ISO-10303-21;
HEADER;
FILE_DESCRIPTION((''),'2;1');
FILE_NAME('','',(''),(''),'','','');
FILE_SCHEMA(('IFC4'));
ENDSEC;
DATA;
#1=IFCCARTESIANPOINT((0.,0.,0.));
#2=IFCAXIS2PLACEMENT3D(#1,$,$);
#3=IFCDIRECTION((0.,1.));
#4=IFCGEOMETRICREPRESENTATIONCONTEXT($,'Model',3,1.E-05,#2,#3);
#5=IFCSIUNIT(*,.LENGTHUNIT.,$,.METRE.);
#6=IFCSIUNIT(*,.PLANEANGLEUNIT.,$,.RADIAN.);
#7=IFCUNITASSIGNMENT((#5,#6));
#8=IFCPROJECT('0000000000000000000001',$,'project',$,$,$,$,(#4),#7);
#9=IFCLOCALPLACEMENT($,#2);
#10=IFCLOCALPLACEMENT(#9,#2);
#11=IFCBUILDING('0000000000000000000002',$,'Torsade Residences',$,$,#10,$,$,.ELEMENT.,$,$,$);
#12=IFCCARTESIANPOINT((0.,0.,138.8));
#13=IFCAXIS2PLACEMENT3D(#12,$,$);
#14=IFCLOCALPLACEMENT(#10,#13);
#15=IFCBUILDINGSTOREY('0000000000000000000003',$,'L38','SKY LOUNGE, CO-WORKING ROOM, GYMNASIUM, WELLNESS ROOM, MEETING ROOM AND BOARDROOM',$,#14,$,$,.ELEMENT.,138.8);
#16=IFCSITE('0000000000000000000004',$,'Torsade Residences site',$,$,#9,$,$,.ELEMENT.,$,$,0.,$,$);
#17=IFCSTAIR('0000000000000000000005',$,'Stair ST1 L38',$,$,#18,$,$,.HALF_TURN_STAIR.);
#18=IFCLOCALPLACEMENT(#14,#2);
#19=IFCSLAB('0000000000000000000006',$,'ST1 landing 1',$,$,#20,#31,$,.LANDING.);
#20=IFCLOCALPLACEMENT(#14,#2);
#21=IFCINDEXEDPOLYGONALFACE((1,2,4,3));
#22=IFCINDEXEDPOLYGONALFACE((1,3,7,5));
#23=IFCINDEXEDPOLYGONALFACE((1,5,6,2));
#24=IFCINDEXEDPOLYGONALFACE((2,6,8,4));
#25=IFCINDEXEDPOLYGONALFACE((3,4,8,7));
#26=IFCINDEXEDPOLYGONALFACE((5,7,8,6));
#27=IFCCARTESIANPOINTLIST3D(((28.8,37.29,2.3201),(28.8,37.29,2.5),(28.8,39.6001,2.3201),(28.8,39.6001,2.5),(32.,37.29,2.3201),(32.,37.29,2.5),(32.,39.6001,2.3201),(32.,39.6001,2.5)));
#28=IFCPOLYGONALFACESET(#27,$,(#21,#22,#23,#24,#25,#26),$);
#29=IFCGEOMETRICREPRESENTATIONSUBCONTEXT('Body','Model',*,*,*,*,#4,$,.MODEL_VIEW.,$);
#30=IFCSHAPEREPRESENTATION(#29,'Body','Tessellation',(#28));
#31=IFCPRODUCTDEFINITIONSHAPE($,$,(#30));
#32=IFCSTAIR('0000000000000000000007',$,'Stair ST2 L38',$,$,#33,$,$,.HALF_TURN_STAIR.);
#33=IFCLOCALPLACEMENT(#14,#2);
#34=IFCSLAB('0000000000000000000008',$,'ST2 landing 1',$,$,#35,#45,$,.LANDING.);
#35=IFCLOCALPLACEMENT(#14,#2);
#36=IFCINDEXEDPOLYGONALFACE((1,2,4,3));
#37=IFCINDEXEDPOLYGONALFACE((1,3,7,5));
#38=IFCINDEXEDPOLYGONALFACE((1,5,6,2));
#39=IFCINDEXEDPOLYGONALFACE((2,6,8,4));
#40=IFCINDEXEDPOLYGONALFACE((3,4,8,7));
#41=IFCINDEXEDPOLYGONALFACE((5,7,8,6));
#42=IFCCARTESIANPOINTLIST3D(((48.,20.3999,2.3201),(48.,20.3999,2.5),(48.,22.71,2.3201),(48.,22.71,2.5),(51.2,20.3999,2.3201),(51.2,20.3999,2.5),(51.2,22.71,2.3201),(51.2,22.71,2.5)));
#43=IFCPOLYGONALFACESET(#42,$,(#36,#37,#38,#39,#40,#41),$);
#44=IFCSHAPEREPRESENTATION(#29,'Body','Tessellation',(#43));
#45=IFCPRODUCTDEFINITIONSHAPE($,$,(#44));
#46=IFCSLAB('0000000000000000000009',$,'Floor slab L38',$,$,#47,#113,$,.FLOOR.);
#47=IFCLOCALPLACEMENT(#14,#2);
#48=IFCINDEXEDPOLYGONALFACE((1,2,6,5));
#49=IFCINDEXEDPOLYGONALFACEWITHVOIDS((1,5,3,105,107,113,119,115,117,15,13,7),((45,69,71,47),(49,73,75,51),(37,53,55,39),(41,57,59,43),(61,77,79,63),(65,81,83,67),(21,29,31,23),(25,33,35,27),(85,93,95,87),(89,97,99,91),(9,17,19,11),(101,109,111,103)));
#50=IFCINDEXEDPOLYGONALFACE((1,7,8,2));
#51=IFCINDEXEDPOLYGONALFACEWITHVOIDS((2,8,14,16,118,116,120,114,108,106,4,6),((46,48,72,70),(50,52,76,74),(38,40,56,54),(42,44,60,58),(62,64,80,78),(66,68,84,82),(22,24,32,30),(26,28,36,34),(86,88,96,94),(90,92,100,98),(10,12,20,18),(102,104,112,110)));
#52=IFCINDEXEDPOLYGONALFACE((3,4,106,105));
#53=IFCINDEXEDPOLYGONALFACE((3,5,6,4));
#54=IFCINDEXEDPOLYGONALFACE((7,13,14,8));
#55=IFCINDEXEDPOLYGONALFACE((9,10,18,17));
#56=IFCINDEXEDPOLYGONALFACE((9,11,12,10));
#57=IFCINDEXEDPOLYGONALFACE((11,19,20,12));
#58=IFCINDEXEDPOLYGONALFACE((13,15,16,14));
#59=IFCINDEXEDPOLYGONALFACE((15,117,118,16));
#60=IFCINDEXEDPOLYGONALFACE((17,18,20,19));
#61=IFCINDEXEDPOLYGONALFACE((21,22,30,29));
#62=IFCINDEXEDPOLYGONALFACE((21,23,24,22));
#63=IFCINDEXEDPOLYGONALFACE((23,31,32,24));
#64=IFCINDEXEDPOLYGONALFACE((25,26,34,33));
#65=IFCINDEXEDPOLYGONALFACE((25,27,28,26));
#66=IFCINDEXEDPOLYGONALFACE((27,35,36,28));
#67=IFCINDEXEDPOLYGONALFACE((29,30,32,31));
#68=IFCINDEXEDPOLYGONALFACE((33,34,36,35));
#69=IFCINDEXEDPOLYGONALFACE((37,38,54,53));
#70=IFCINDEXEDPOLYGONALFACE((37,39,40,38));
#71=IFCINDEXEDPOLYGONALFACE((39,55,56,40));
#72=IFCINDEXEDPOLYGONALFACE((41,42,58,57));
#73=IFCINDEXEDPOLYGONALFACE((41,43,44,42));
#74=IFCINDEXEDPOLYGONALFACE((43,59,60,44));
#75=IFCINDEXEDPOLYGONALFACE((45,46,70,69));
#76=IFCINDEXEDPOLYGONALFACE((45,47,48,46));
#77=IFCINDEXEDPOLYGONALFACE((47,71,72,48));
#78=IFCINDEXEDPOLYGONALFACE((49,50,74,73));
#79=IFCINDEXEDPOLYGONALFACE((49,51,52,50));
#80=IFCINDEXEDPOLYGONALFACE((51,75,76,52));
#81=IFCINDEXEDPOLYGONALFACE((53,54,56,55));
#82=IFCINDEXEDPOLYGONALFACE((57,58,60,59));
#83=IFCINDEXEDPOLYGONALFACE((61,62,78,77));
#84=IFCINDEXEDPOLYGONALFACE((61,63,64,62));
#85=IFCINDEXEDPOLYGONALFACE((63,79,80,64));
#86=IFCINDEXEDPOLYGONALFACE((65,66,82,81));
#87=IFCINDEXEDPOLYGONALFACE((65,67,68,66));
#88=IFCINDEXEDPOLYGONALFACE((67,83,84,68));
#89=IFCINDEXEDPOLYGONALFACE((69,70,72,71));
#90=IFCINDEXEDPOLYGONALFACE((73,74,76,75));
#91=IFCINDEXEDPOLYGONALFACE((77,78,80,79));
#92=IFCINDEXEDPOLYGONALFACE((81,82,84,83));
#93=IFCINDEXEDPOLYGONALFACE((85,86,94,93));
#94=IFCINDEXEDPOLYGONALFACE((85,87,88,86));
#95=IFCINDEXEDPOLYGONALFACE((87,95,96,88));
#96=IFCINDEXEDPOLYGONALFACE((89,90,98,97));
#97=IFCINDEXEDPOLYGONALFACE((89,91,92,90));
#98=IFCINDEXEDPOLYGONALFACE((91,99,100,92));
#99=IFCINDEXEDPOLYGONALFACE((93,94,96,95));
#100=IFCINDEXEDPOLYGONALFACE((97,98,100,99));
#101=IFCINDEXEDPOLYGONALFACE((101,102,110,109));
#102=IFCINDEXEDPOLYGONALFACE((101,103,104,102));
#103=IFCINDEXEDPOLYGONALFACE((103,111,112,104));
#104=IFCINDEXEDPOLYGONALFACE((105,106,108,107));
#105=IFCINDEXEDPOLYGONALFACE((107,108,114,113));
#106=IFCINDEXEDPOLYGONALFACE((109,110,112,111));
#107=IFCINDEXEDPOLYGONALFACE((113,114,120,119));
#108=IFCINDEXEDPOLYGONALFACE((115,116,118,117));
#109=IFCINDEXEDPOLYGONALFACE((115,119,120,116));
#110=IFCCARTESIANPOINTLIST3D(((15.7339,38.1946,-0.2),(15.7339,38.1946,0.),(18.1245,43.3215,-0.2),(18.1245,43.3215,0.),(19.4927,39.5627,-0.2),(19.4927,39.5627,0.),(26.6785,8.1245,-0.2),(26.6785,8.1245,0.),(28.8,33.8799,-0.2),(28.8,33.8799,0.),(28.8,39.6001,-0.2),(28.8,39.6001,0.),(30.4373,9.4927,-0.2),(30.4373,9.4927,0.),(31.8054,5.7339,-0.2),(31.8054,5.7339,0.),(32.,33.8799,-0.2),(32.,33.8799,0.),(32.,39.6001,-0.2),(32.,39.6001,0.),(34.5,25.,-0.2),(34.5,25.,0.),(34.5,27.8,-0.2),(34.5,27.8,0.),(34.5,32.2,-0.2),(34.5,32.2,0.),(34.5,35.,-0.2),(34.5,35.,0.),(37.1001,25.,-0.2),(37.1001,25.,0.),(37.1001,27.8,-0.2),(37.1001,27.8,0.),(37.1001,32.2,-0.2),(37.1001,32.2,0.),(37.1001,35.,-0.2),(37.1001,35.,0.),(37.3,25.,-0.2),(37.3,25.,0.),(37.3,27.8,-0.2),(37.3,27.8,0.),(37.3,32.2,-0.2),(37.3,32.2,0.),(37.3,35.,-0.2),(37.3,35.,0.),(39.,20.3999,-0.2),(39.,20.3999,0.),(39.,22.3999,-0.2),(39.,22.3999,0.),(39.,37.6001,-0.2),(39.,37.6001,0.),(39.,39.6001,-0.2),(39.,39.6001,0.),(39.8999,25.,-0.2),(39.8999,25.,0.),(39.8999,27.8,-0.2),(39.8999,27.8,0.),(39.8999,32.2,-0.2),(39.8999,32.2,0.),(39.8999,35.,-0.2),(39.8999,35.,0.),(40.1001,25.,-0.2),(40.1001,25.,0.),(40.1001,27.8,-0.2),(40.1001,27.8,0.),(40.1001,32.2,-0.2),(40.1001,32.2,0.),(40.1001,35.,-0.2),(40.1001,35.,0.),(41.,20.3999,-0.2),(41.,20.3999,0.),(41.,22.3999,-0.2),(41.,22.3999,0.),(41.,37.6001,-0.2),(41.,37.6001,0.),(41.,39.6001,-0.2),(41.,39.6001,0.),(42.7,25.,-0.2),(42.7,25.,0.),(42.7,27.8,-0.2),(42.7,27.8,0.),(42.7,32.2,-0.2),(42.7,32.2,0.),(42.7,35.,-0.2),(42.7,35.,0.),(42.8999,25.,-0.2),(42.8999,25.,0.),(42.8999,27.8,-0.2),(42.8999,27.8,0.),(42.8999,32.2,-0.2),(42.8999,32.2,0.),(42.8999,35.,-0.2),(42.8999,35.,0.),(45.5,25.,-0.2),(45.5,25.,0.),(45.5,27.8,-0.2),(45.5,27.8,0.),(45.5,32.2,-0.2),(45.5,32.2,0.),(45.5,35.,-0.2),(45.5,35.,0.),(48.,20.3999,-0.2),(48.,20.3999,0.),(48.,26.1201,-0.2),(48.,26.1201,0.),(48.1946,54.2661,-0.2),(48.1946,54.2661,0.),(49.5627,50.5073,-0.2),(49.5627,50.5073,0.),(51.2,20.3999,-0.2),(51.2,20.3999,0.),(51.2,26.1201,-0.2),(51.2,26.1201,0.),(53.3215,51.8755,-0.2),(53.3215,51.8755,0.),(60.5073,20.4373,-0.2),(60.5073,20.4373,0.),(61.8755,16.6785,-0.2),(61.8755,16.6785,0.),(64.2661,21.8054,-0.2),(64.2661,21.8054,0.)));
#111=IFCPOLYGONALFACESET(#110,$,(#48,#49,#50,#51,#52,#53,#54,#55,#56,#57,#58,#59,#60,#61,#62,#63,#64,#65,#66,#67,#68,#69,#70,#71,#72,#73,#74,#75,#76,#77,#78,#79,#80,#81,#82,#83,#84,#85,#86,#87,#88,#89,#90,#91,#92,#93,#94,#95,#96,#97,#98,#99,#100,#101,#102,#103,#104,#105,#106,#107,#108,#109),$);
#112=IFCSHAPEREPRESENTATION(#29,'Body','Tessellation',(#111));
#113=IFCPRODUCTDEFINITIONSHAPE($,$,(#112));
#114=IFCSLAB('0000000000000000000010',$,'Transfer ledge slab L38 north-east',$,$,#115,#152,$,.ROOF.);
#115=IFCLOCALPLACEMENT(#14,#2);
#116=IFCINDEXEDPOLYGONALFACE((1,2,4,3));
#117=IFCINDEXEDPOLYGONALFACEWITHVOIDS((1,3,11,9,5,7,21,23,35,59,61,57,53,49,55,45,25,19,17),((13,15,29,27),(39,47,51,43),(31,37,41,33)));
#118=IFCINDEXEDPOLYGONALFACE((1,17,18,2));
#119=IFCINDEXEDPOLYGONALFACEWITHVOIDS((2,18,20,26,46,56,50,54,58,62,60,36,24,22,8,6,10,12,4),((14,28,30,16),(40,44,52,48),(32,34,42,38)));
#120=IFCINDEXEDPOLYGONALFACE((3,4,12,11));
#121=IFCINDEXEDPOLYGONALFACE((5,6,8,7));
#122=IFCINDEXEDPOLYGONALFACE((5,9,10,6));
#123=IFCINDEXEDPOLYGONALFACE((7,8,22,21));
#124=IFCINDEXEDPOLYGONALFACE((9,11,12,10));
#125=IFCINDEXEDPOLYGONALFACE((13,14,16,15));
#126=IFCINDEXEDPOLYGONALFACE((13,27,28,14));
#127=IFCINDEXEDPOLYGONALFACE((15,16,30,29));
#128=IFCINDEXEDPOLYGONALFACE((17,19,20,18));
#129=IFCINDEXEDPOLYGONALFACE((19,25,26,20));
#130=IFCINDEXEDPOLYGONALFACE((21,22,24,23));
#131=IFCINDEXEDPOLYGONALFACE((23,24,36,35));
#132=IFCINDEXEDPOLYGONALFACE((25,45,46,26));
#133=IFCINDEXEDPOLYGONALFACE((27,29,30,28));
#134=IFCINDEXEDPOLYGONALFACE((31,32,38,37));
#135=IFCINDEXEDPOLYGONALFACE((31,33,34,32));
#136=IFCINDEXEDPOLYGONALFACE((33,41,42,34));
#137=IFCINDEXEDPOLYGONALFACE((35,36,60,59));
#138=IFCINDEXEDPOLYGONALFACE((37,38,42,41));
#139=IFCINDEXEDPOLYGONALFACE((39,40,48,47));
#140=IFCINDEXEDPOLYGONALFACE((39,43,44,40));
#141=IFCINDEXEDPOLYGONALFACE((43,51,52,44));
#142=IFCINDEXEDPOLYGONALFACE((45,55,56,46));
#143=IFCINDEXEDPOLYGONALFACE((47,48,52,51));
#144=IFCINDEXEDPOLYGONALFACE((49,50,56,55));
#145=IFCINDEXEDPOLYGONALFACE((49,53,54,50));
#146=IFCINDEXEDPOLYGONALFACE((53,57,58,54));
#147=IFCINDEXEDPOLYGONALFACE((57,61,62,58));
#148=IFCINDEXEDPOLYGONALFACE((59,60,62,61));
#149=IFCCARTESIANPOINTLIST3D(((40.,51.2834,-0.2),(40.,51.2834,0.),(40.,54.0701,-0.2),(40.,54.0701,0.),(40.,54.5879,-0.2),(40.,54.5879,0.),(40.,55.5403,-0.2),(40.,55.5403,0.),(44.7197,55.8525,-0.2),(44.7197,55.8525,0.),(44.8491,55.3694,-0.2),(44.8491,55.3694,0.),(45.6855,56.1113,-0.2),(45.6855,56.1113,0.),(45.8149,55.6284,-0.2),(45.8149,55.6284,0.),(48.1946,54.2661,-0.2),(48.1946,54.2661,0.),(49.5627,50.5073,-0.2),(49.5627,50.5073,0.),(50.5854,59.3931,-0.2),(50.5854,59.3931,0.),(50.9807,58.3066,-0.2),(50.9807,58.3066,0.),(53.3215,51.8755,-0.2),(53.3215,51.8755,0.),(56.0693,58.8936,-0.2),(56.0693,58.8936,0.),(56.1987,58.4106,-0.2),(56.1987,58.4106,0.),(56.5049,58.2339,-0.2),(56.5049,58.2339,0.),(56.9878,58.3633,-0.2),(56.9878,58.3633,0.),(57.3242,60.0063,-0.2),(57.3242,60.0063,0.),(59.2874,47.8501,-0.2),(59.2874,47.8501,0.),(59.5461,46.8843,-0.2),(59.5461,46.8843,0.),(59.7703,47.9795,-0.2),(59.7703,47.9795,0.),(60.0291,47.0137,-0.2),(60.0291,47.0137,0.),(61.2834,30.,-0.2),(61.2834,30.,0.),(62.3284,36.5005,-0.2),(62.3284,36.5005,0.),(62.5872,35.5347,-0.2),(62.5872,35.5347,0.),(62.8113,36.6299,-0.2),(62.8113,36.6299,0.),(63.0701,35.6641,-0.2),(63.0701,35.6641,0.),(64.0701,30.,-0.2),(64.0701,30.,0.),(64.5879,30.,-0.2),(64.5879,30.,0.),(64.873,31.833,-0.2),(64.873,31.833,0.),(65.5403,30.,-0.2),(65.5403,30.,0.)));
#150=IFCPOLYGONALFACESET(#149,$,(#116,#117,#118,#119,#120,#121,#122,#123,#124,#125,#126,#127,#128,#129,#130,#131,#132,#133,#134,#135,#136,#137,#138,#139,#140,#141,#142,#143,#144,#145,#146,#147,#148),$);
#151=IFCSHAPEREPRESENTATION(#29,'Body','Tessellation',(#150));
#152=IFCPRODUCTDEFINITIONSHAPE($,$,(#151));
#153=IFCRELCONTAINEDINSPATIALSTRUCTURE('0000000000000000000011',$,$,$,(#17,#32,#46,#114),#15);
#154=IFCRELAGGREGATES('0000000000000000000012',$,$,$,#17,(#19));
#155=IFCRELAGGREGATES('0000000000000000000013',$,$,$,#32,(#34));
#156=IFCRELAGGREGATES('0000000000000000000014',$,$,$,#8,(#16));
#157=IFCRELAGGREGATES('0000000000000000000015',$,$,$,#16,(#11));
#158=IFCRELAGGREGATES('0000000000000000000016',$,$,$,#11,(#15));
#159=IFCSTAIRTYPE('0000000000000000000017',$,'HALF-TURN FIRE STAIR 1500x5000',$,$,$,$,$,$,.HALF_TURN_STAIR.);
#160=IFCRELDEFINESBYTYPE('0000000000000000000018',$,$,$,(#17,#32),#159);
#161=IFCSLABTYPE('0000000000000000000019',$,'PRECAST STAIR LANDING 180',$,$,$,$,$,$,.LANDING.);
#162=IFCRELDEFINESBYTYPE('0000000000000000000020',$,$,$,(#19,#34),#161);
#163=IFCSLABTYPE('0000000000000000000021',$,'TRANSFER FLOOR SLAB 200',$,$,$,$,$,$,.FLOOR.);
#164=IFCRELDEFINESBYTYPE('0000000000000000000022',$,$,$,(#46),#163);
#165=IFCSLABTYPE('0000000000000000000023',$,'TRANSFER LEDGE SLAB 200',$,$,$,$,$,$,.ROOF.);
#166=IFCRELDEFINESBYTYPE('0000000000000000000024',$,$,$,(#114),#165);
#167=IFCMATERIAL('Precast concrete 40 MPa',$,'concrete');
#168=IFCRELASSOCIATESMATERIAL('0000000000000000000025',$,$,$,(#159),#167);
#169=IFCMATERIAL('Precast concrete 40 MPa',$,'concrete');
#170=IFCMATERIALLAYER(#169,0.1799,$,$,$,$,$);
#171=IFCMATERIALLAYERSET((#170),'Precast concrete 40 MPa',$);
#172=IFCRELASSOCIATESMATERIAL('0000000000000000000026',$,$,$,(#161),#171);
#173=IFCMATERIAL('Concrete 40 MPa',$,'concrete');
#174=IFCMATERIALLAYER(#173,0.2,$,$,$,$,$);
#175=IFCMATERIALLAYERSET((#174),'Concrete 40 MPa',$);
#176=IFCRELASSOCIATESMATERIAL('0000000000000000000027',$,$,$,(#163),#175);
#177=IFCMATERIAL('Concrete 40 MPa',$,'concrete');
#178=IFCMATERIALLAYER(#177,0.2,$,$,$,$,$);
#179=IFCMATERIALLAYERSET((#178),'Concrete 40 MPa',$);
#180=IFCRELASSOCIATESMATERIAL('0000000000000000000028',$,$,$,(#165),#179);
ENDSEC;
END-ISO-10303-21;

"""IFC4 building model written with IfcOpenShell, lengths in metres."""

from ifc_helpers import new_model, si_unit, direction, frame, origin, place, context, subcontext, project, spatial, polyline, outline, extrude, material, layer, layer_set, type_object, element, aggregate, save


model = new_model("IFC4")

# Units and contexts
model_context = context("Model", 3, precision=1e-05, world=origin(), true_north=direction((0.0, 1.0)))
body_context = subcontext(model_context, "Body", "Model", "MODEL_VIEW")
ifc_project = project(units=[si_unit("LENGTHUNIT", "METRE"), si_unit("PLANEANGLEUNIT", "RADIAN")], contexts=[model_context])

# Site, building, storey
site_placement = place(None, origin())
site = spatial("IfcSite", under=ifc_project, at=site_placement, Name="Torsade Residences site", CompositionType="ELEMENT", RefElevation=0.0)
building_placement = place(site_placement, origin())
building = spatial("IfcBuilding", under=site, at=building_placement, Name="Torsade Residences", CompositionType="ELEMENT")
storey_placement = place(building_placement, frame((0.0, 0.0, 138.8)))
storey = spatial("IfcBuildingStorey", under=building, at=storey_placement, Name="L38", Description="SKY LOUNGE, CO-WORKING ROOM, GYMNASIUM, WELLNESS ROOM, MEETING ROOM AND BOARDROOM", CompositionType="ELEMENT", Elevation=138.8)

# Stairs, slabs
ifc_material_1 = material(Name="Precast concrete 40 MPa", Category="concrete")
stair_type = type_object("IfcStairType", Name="HALF-TURN FIRE STAIR 1500x5000", PredefinedType="HALF_TURN_STAIR", material=ifc_material_1)
stair_1_placement = place(storey_placement, origin())
stair_1 = element("IfcStair", 1, at=stair_1_placement, inside=storey, type_object=stair_type, Name="Stair ST1 L38", PredefinedType="HALF_TURN_STAIR")
ifc_material_2 = material(Name="Precast concrete 40 MPa", Category="concrete")
ifc_layer_1 = layer(ifc_material_2, 0.1799)
ifc_layer_set_1 = layer_set([ifc_layer_1], Name="Precast concrete 40 MPa")
slab_type_1 = type_object("IfcSlabType", Name="PRECAST STAIR LANDING 180", PredefinedType="LANDING", material=ifc_layer_set_1)
slab_1_placement = place(storey_placement, frame((0.0, 0.0, 2.3201)))
slab_1 = element("IfcSlab", 2, at=slab_1_placement, type_object=slab_type_1, Name="ST1 landing 1", PredefinedType="LANDING", context=body_context, shape_type="SweptSolid", body=[
    extrude(outline(polyline([(28.8, 37.29), (32.0, 37.29), (32.0, 39.6001), (28.8, 39.6001), (28.8, 37.29)])), origin(), (0.0, 0.0, 1.0), 0.1799),
])
aggregate(stair_1, [slab_1])
stair_2_placement = place(storey_placement, origin())
stair_2 = element("IfcStair", 3, at=stair_2_placement, inside=storey, type_object=stair_type, Name="Stair ST2 L38", PredefinedType="HALF_TURN_STAIR")
slab_2_placement = place(storey_placement, frame((0.0, 0.0, 2.3201)))
slab_2 = element("IfcSlab", 4, at=slab_2_placement, type_object=slab_type_1, Name="ST2 landing 1", PredefinedType="LANDING", context=body_context, shape_type="SweptSolid", body=[
    extrude(outline(polyline([(48.0, 20.3999), (51.2, 20.3999), (51.2, 22.71), (48.0, 22.71), (48.0, 20.3999)])), origin(), (0.0, 0.0, 1.0), 0.1799),
])
aggregate(stair_2, [slab_2])

# Slabs
ifc_material_3 = material(Name="Concrete 40 MPa", Category="concrete")
ifc_layer_2 = layer(ifc_material_3, 0.2)
ifc_layer_set_2 = layer_set([ifc_layer_2], Name="Concrete 40 MPa")
slab_type_2 = type_object("IfcSlabType", Name="TRANSFER FLOOR SLAB 200", PredefinedType="FLOOR", material=ifc_layer_set_2)
slab_3_placement = place(storey_placement, frame((0.0, 0.0, -0.2)))
element("IfcSlab", 5, at=slab_3_placement, inside=storey, type_object=slab_type_2, Name="Floor slab L38", PredefinedType="FLOOR", context=body_context, shape_type="SweptSolid", body=[
    extrude(outline(polyline([(31.8054, 5.7339), (61.8755, 16.6785), (60.5073, 20.4373), (64.2661, 21.8054), (53.3215, 51.8755), (49.5627, 50.5073), (48.1946, 54.2661), (18.1245, 43.3215), (19.4927, 39.5627), (15.7339, 38.1946), (26.6785, 8.1245), (30.4373, 9.4927), (31.8054, 5.7339)]), holes=[polyline([(51.2, 20.3999), (51.2, 26.1201), (48.0, 26.1201), (48.0, 20.3999), (51.2, 20.3999)]), polyline([(45.5, 27.8), (42.8999, 27.8), (42.8999, 25.0), (45.5, 25.0), (45.5, 27.8)]), polyline([(45.5, 32.2), (45.5, 35.0), (42.8999, 35.0), (42.8999, 32.2), (45.5, 32.2)]), polyline([(42.7, 25.0), (42.7, 27.8), (40.1001, 27.8), (40.1001, 25.0), (42.7, 25.0)]), polyline([(42.7, 32.2), (42.7, 35.0), (40.1001, 35.0), (40.1001, 32.2), (42.7, 32.2)]), polyline([(41.0, 22.3999), (39.0, 22.3999), (39.0, 20.3999), (41.0, 20.3999), (41.0, 22.3999)]), polyline([(41.0, 37.6001), (41.0, 39.6001), (39.0, 39.6001), (39.0, 37.6001), (41.0, 37.6001)]), polyline([(39.8999, 25.0), (39.8999, 27.8), (37.3, 27.8), (37.3, 25.0), (39.8999, 25.0)]), polyline([(39.8999, 35.0), (37.3, 35.0), (37.3, 32.2), (39.8999, 32.2), (39.8999, 35.0)]), polyline([(37.1001, 27.8), (34.5, 27.8), (34.5, 25.0), (37.1001, 25.0), (37.1001, 27.8)]), polyline([(37.1001, 32.2), (37.1001, 35.0), (34.5, 35.0), (34.5, 32.2), (37.1001, 32.2)]), polyline([(32.0, 33.8799), (32.0, 39.6001), (28.8, 39.6001), (28.8, 33.8799), (32.0, 33.8799)])]), origin(), (0.0, 0.0, 1.0), 0.2),
])
ifc_material_4 = material(Name="Concrete 40 MPa", Category="concrete")
ifc_layer_3 = layer(ifc_material_4, 0.2)
ifc_layer_set_3 = layer_set([ifc_layer_3], Name="Concrete 40 MPa")
slab_type_3 = type_object("IfcSlabType", Name="TRANSFER LEDGE SLAB 200", PredefinedType="ROOF", material=ifc_layer_set_3)
slab_4_placement = place(storey_placement, frame((0.0, 0.0, -0.2)))
element("IfcSlab", 6, at=slab_4_placement, inside=storey, type_object=slab_type_3, Name="Transfer ledge slab L38 north-east", PredefinedType="ROOF", context=body_context, shape_type="SweptSolid", body=[
    extrude(outline(polyline([(40.0, 55.5403), (40.0, 54.5879), (44.7197, 55.8525), (44.8491, 55.3694), (40.0, 54.0701), (40.0, 51.2834), (48.1946, 54.2661), (49.5627, 50.5073), (53.3215, 51.8755), (61.2834, 30.0), (64.0701, 30.0), (62.5872, 35.5347), (63.0701, 35.6641), (64.5879, 30.0), (65.5403, 30.0), (64.873, 31.833), (57.3242, 60.0063), (50.9807, 58.3066), (50.5854, 59.3931), (40.0, 55.5403)]), holes=[polyline([(62.8113, 36.6299), (60.0291, 47.0137), (59.5461, 46.8843), (62.3284, 36.5005), (62.8113, 36.6299)]), polyline([(59.7703, 47.9795), (56.9878, 58.3633), (56.5049, 58.2339), (59.2874, 47.8501), (59.7703, 47.9795)]), polyline([(56.0693, 58.8936), (45.6855, 56.1113), (45.8149, 55.6284), (56.1987, 58.4106), (56.0693, 58.8936)])]), origin(), (0.0, 0.0, 1.0), 0.2),
])

save(model, "model.ifc")
